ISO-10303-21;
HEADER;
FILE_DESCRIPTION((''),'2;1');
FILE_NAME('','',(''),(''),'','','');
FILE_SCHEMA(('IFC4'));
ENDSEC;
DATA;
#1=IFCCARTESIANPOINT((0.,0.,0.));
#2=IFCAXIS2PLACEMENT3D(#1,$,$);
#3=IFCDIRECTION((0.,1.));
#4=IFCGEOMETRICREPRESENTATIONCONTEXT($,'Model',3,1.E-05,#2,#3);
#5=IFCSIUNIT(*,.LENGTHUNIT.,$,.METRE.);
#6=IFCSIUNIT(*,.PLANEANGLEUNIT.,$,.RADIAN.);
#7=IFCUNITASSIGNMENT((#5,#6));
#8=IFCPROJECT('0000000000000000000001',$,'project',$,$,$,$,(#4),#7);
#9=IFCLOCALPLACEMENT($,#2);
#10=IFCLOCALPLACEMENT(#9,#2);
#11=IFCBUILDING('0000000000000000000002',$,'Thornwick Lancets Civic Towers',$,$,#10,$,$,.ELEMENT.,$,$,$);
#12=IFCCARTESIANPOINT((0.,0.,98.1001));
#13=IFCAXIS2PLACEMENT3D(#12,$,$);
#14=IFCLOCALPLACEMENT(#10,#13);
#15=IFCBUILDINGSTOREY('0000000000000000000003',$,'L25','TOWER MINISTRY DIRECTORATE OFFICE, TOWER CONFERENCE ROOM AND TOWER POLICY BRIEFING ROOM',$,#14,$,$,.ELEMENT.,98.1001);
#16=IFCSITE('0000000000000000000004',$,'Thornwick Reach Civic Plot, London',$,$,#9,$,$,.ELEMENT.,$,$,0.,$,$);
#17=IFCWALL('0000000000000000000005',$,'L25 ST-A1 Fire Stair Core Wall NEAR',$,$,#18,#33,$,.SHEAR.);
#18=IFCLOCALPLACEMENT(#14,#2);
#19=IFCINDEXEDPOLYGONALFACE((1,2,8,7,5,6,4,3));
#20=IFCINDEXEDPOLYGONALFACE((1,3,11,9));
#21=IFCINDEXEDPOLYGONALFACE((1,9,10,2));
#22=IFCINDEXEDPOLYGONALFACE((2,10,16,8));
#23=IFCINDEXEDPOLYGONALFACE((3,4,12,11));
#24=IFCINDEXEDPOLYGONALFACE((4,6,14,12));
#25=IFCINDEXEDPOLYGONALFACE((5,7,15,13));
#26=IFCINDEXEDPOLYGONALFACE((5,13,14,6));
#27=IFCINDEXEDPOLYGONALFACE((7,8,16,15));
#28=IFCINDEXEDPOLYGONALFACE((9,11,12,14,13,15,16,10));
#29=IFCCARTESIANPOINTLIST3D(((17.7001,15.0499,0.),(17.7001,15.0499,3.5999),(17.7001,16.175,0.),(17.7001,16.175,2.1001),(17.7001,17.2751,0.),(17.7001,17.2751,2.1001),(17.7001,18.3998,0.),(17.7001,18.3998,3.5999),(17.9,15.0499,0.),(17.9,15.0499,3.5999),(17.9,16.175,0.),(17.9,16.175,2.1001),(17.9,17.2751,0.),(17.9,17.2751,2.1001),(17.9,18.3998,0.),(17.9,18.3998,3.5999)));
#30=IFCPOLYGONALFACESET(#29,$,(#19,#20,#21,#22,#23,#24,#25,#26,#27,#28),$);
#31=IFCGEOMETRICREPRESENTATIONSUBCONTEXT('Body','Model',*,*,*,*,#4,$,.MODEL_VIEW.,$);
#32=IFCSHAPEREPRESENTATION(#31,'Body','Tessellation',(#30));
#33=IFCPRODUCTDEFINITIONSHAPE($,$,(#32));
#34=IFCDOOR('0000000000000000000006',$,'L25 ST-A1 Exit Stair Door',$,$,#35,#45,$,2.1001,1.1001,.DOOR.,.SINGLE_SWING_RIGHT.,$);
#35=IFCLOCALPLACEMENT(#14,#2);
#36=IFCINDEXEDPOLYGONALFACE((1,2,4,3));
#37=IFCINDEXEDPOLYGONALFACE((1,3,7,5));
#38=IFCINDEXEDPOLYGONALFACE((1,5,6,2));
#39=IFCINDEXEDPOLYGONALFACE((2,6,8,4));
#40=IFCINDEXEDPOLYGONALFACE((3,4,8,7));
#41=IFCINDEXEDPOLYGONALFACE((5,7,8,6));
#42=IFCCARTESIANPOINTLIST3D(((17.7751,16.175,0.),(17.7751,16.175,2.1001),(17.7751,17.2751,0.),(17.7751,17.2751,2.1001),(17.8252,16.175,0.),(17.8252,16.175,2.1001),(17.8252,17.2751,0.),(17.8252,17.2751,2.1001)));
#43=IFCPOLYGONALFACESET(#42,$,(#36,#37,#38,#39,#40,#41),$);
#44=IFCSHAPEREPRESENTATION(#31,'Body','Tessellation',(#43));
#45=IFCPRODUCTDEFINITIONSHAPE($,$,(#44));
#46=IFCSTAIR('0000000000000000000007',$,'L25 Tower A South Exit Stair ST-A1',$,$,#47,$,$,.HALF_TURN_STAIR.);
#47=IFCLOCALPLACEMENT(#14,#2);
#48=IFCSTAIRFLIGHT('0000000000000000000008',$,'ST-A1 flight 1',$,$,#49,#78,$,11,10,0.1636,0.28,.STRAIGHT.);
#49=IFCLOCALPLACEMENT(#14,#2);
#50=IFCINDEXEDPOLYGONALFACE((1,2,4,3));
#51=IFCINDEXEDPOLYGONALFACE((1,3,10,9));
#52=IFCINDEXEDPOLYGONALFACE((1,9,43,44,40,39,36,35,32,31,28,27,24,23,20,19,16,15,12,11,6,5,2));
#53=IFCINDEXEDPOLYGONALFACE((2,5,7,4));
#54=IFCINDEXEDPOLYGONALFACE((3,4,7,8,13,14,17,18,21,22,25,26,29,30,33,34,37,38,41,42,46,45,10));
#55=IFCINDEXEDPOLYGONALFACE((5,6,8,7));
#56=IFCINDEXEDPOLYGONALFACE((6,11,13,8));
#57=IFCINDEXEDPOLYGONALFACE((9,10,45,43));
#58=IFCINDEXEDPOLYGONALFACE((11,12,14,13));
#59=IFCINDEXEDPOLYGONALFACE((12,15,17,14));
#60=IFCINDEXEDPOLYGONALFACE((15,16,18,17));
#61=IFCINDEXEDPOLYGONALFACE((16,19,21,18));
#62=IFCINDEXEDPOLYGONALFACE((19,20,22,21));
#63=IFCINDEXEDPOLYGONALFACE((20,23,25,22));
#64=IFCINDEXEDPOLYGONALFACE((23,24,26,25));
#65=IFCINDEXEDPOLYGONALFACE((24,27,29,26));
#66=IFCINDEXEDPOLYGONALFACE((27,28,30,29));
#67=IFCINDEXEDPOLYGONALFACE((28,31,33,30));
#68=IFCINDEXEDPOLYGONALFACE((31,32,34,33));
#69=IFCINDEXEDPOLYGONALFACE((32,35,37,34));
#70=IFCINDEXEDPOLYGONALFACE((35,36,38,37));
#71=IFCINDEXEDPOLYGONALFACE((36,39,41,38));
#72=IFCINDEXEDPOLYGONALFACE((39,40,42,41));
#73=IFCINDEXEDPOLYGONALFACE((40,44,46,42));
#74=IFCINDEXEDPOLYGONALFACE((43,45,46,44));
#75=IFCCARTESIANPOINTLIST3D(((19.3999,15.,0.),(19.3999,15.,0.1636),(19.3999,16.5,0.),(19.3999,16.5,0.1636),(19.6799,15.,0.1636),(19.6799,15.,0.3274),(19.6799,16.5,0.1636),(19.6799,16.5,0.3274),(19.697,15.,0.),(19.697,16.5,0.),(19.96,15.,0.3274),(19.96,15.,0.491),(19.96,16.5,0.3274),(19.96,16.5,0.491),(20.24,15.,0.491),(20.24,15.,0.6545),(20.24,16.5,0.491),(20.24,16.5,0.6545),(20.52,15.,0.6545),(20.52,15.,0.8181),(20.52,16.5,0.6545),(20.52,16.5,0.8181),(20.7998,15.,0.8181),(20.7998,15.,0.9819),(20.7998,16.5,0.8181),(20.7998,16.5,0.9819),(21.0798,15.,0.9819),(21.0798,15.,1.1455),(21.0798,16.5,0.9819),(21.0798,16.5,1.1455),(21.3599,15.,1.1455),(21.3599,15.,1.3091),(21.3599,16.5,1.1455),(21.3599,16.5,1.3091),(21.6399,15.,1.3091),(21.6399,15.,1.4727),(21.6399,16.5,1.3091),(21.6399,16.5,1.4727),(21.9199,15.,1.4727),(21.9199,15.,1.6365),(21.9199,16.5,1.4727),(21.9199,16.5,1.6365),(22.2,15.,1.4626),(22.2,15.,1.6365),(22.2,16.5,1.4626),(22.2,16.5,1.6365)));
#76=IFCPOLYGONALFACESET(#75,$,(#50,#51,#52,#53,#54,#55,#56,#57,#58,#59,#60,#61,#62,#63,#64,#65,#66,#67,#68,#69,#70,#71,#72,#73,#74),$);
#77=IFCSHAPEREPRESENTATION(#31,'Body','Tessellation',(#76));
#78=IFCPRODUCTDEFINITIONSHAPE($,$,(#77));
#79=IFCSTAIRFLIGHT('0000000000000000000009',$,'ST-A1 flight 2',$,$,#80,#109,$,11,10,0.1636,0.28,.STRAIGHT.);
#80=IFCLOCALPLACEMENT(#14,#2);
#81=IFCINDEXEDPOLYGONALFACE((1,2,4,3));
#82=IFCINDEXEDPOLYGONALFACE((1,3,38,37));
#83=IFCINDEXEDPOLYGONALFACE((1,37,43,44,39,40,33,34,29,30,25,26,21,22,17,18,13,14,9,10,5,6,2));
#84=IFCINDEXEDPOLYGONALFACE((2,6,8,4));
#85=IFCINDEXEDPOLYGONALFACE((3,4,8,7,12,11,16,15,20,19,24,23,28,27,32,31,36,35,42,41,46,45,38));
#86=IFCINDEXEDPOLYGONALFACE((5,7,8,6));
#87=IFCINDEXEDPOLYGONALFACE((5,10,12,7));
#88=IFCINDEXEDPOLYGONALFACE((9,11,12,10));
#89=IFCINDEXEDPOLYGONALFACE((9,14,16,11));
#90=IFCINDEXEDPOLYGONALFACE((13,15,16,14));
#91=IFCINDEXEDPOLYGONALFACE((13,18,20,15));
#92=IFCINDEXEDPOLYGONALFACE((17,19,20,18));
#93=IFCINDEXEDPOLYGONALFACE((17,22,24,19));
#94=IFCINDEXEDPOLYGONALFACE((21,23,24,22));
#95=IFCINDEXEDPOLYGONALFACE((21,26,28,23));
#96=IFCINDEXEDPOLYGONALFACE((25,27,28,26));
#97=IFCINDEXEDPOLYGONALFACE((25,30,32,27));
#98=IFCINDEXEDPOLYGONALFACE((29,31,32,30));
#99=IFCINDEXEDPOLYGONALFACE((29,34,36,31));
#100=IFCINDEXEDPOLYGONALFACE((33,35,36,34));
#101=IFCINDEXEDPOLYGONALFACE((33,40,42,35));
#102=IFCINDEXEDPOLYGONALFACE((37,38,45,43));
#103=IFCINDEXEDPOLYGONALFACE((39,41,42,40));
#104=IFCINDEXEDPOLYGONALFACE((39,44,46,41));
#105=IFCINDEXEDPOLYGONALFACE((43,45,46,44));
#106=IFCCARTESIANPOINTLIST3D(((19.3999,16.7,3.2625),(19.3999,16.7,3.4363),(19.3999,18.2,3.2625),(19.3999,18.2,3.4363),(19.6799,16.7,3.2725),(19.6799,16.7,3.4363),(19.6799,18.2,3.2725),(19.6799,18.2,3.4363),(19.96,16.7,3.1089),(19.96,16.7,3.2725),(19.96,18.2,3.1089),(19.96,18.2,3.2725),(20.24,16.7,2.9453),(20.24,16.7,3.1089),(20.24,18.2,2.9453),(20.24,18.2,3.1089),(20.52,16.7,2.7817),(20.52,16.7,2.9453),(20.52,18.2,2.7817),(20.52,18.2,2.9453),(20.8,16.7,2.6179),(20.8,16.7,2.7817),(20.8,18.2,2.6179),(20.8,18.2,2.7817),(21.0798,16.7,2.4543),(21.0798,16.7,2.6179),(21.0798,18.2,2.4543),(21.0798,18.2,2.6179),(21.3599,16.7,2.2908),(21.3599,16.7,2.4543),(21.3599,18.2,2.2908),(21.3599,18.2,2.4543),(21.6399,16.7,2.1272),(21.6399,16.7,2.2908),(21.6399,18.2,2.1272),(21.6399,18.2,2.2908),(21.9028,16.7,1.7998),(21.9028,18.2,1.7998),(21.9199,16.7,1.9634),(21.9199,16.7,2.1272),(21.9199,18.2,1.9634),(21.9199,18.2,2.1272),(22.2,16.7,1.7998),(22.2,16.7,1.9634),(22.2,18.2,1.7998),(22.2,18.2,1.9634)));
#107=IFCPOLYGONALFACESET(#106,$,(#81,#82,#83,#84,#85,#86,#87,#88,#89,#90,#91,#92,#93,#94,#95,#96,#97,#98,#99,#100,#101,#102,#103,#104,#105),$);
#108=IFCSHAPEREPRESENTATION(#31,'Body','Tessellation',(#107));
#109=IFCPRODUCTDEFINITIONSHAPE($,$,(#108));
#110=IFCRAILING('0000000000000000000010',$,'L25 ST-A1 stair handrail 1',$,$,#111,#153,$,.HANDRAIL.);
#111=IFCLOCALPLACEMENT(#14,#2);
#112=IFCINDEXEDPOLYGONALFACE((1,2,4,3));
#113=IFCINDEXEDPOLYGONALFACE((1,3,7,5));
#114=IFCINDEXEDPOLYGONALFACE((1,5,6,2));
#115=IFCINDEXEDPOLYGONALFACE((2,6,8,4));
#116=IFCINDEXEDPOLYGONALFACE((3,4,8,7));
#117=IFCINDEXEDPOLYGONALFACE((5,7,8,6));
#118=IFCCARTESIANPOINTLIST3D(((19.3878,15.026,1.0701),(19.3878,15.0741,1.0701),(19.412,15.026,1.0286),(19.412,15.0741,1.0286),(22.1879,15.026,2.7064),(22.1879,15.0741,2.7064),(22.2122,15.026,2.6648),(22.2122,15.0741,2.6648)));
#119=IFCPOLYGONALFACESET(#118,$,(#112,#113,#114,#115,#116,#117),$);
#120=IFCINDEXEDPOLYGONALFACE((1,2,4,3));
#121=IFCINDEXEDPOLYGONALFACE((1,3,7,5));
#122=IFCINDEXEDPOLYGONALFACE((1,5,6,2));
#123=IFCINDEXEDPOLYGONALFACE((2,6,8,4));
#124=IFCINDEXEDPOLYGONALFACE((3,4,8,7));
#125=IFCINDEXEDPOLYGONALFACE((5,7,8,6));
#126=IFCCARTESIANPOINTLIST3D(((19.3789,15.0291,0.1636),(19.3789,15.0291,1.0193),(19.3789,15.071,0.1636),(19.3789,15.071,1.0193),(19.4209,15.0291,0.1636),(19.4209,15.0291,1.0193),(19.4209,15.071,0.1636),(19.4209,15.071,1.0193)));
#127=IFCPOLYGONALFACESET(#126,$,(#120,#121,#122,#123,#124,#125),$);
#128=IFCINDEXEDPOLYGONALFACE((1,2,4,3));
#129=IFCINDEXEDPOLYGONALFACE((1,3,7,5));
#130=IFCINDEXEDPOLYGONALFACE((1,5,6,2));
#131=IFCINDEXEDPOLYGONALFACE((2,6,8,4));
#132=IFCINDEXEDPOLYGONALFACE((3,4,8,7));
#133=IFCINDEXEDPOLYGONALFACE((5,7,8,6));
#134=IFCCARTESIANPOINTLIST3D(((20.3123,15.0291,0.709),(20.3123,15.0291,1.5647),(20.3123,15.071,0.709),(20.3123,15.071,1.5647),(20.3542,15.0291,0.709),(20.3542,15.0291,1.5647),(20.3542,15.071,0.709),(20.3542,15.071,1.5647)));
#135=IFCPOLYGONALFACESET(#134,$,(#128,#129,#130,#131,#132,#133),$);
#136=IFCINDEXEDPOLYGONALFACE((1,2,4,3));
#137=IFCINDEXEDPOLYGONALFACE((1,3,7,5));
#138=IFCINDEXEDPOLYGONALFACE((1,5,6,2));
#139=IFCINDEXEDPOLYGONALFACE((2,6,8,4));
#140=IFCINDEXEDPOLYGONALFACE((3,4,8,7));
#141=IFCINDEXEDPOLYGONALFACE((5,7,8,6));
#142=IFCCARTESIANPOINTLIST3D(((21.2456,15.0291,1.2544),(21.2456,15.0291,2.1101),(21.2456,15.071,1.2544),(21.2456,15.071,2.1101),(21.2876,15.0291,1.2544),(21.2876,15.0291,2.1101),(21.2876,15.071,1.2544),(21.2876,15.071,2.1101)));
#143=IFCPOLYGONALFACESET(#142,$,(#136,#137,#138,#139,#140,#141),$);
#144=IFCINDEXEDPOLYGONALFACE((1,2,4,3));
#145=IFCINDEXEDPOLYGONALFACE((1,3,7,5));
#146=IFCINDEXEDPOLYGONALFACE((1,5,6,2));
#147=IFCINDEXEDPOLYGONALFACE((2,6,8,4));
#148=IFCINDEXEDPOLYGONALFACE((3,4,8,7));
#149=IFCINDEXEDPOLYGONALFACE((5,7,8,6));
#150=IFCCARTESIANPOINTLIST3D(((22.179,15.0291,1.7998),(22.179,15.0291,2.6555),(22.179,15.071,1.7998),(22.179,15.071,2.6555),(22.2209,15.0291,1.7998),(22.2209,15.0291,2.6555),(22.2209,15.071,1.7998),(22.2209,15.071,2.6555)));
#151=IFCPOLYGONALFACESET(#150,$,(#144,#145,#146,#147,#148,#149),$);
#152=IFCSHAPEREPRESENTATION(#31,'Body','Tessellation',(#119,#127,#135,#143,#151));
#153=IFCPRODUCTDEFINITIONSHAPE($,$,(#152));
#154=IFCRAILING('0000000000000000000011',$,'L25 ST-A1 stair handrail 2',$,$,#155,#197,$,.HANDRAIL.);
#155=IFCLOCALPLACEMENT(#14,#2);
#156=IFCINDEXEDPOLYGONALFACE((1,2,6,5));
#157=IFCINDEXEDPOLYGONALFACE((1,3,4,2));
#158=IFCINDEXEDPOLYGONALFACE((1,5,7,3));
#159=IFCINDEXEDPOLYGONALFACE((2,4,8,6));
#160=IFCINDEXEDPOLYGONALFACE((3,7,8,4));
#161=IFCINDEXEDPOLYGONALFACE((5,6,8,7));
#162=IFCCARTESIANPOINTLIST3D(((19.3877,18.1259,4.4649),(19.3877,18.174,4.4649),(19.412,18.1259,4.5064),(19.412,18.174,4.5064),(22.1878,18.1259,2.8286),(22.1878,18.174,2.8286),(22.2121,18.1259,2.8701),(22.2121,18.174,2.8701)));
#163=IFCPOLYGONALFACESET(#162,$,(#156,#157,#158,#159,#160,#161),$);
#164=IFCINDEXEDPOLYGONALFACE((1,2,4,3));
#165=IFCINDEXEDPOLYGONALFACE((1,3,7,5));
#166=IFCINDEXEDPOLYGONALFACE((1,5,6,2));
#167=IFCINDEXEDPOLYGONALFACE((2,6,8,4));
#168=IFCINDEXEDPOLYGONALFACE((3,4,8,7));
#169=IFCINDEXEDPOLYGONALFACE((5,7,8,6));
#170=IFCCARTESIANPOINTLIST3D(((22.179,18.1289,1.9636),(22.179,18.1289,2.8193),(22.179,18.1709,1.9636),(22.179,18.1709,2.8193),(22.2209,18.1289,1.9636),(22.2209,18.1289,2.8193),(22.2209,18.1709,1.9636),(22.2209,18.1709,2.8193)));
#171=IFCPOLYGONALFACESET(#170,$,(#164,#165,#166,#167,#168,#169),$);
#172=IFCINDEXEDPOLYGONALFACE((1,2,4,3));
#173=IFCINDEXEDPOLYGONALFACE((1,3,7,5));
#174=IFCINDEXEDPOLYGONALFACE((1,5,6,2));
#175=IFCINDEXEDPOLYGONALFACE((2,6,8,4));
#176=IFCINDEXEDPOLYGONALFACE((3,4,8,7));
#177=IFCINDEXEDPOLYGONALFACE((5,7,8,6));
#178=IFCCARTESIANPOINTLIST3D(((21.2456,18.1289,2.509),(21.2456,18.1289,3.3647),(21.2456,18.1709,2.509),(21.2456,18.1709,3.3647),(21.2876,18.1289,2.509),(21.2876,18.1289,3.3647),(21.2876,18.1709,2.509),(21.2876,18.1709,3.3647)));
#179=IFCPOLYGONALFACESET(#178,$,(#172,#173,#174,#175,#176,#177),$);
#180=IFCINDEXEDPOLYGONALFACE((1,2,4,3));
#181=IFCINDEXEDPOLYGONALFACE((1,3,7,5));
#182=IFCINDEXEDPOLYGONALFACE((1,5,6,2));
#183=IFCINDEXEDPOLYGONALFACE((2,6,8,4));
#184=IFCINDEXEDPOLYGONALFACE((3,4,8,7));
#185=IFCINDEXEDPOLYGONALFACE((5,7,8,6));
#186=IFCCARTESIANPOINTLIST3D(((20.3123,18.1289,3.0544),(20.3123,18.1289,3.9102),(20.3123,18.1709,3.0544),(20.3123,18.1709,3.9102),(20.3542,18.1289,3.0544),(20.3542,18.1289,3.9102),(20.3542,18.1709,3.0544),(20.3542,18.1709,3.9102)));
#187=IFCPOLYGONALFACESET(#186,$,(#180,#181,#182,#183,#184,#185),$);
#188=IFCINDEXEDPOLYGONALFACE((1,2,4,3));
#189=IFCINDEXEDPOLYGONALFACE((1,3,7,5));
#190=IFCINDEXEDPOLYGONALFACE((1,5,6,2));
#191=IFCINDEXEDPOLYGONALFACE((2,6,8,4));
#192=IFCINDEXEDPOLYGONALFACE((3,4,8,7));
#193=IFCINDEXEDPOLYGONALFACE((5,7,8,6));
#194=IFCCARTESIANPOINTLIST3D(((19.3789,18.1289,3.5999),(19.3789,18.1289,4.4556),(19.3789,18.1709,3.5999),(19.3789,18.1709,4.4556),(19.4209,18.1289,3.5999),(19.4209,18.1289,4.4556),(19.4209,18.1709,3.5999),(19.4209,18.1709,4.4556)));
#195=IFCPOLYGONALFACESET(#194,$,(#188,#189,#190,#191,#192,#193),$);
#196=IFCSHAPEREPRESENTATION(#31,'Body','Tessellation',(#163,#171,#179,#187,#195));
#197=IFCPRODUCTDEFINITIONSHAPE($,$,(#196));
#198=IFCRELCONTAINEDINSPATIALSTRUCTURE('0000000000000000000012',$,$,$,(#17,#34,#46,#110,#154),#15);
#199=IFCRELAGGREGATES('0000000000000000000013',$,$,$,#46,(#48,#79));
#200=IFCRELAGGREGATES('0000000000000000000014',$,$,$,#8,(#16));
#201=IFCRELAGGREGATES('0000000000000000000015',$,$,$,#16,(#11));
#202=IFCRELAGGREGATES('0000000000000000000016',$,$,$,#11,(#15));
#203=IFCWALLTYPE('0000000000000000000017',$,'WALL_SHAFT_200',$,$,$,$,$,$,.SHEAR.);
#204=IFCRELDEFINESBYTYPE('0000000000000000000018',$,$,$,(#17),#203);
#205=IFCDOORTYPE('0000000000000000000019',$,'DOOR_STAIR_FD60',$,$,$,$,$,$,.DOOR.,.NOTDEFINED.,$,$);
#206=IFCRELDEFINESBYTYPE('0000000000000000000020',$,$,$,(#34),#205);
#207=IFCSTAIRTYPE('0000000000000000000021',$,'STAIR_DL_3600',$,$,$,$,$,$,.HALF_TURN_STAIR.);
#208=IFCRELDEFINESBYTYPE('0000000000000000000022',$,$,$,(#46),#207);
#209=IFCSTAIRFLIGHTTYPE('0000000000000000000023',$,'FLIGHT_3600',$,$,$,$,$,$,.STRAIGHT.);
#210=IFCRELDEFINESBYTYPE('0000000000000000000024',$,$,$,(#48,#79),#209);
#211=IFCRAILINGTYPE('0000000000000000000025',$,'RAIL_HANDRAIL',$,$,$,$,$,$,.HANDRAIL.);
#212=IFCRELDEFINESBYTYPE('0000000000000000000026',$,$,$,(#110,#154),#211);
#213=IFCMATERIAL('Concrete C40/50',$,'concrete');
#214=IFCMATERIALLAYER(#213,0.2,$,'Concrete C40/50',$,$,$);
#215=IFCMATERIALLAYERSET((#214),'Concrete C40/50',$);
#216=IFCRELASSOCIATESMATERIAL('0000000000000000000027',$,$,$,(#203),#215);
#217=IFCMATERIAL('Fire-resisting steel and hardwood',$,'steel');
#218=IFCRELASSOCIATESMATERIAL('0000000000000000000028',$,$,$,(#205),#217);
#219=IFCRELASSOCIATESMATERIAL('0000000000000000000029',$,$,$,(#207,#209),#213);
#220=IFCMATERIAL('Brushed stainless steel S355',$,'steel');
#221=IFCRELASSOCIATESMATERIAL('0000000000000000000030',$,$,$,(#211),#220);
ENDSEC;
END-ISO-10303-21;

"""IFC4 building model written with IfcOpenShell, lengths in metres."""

from ifc_helpers import new_model, si_unit, direction, frame, frame_2d, origin, origin_2d, place, context, subcontext, project, spatial, polyline, rectangle, outline, extrude, material, layer, layer_set, type_object, element, fill, aggregate, save


model = new_model("IFC4")

# Units and contexts
model_context = context("Model", 3, precision=1e-05, world=origin(), true_north=direction((0.0, 1.0)))
body_context = subcontext(model_context, "Body", "Model", "MODEL_VIEW")
ifc_project = project(units=[si_unit("LENGTHUNIT", "METRE"), si_unit("PLANEANGLEUNIT", "RADIAN")], contexts=[model_context])

# Site, building, storey
site_placement = place(None, origin())
site = spatial("IfcSite", under=ifc_project, at=site_placement, Name="Thornwick Reach Civic Plot, London", CompositionType="ELEMENT", RefElevation=0.0)
building_placement = place(site_placement, origin())
building = spatial("IfcBuilding", under=site, at=building_placement, Name="Thornwick Lancets Civic Towers", CompositionType="ELEMENT")
storey_placement = place(building_placement, frame((0.0, 0.0, 98.1001)))
storey = spatial("IfcBuildingStorey", under=building, at=storey_placement, Name="L25", Description="TOWER MINISTRY DIRECTORATE OFFICE, TOWER CONFERENCE ROOM AND TOWER POLICY BRIEFING ROOM", CompositionType="ELEMENT", Elevation=98.1001)

# Wall, opening, door
ifc_material_1 = material(Name="Concrete C40/50", Category="concrete")
ifc_layer_1 = layer(ifc_material_1, 0.2, Name="Concrete C40/50")
ifc_layer_set_1 = layer_set([ifc_layer_1], Name="Concrete C40/50")
wall_type_1 = type_object("IfcWallType", Name="WALL_SHAFT_200", PredefinedType="SHEAR", material=ifc_layer_set_1)
wall_1_placement = place(storey_placement, frame((17.8, 15.05, 0.0), z_axis=(0.0, 0.0, 1.0), x_axis=(0.0, 1.0, 0.0)))
wall_1 = element("IfcWall", 1, at=wall_1_placement, inside=storey, type_object=wall_type_1, Name="L25 ST-A1 Fire Stair Core Wall NEAR", PredefinedType="SHEAR", context=body_context, shape_type="SweptSolid", body=[
    extrude(rectangle(XDim=3.3499, YDim=0.2, at=frame_2d((1.6748, 0.0))), origin(), (0.0, 0.0, 1.0), 3.5999),
])
opening_1_placement = place(wall_1_placement, frame((1.125, 0.0, 0.0)))
opening_1 = element("IfcOpeningElement", 2, at=opening_1_placement, cuts=wall_1, PredefinedType="OPENING", context=body_context, shape_type="SweptSolid", body=[
    extrude(rectangle(XDim=1.1001, YDim=2.1001, at=frame_2d((0.55, 1.05))), frame((0.0, 0.1099, 0.0), z_axis=(0.0, -1.0, 0.0), x_axis=(1.0, 0.0, 0.0)), (0.0, 0.0, 1.0), 0.22),
])
ifc_material_2 = material(Name="Fire-resisting steel and hardwood", Category="steel")
door_type_1 = type_object("IfcDoorType", Name="DOOR_STAIR_FD60", OperationType="NOTDEFINED", PredefinedType="DOOR", material=ifc_material_2)
door_1_placement = place(opening_1_placement, origin())
door_1 = element("IfcDoor", 3, at=door_1_placement, inside=storey, type_object=door_type_1, Name="L25 ST-A1 Exit Stair Door", OperationType="SINGLE_SWING_RIGHT", OverallHeight=2.1001, OverallWidth=1.1001, PredefinedType="DOOR", context=body_context, shape_type="SweptSolid", body=[
    extrude(rectangle(XDim=1.1001, YDim=2.1001, at=frame_2d((0.55, 1.05))), frame((0.0, 0.0249, 0.0), z_axis=(0.0, -1.0, 0.0), x_axis=(1.0, 0.0, 0.0)), (0.0, 0.0, 1.0), 0.05),
])
fill(opening_1, door_1)

# Stair, stair flights
stair_type = type_object("IfcStairType", Name="STAIR_DL_3600", PredefinedType="HALF_TURN_STAIR", material=ifc_material_1)
stair_placement = place(storey_placement, origin())
stair = element("IfcStair", 4, at=stair_placement, inside=storey, type_object=stair_type, Name="L25 Tower A South Exit Stair ST-A1", PredefinedType="HALF_TURN_STAIR")
stair_flight_type = type_object("IfcStairFlightType", Name="FLIGHT_3600", PredefinedType="STRAIGHT", material=ifc_material_1)
stair_flight_1_placement = place(storey_placement, frame((19.3999, 15.75, 0.0), z_axis=(0.0, 0.0, 1.0), x_axis=(1.0, 0.0, 0.0)))
stair_flight_1 = element("IfcStairFlight", 5, at=stair_flight_1_placement, type_object=stair_flight_type, Name="ST-A1 flight 1", NumberOfRisers=11, NumberOfTreads=10, PredefinedType="STRAIGHT", RiserHeight=0.1636, TreadLength=0.28, context=body_context, shape_type="SweptSolid", body=[
    extrude(outline(polyline([(0.0, 0.0), (0.0, 0.1636), (0.28, 0.1636), (0.28, 0.3274), (0.5601, 0.3274), (0.5601, 0.491), (0.8401, 0.491), (0.8401, 0.6545), (1.1201, 0.6545), (1.1201, 0.8181), (1.3999, 0.8181), (1.3999, 0.9819), (1.6799, 0.9819), (1.6799, 1.1455), (1.96, 1.1455), (1.96, 1.3091), (2.24, 1.3091), (2.24, 1.4727), (2.52, 1.4727), (2.52, 1.6365), (2.8, 1.6365), (2.8, 1.8), (2.8, 1.4626), (0.2971, 0.0), (0.0, 0.0)])), frame((0.0, 0.75, 0.0), z_axis=(0.0, -1.0, 0.0), x_axis=(1.0, 0.0, 0.0)), (0.0, 0.0, 1.0), 1.5),
])
stair_flight_2_placement = place(storey_placement, frame((22.2, 17.45, 1.7998), z_axis=(0.0, 0.0, 1.0), x_axis=(-1.0, 0.0, 0.0)))
stair_flight_2 = element("IfcStairFlight", 6, at=stair_flight_2_placement, type_object=stair_flight_type, Name="ST-A1 flight 2", NumberOfRisers=11, NumberOfTreads=10, PredefinedType="STRAIGHT", RiserHeight=0.1636, TreadLength=0.28, context=body_context, shape_type="SweptSolid", body=[
    extrude(outline(polyline([(0.0, 0.0), (0.0, 0.1636), (0.28, 0.1636), (0.28, 0.3274), (0.5601, 0.3274), (0.5601, 0.491), (0.8401, 0.491), (0.8401, 0.6545), (1.1201, 0.6545), (1.1201, 0.8181), (1.3999, 0.8181), (1.3999, 0.9819), (1.6799, 0.9819), (1.6799, 1.1455), (1.96, 1.1455), (1.96, 1.3091), (2.24, 1.3091), (2.24, 1.4727), (2.52, 1.4727), (2.52, 1.6365), (2.8, 1.6365), (2.8, 1.8), (2.8, 1.4626), (0.2971, 0.0), (0.0, 0.0)])), frame((0.0, 0.75, 0.0), z_axis=(0.0, -1.0, 0.0), x_axis=(1.0, 0.0, 0.0)), (0.0, 0.0, 1.0), 1.5),
])
aggregate(stair, [stair_flight_1, stair_flight_2])

# Railings
ifc_material_3 = material(Name="Brushed stainless steel S355", Category="steel")
railing_type_1 = type_object("IfcRailingType", Name="RAIL_HANDRAIL", PredefinedType="HANDRAIL", material=ifc_material_3)
railing_1_placement = place(storey_placement, frame((19.3999, 15.05, 0.1636)))
element("IfcRailing", 7, at=railing_1_placement, inside=storey, type_object=railing_type_1, Name="L25 ST-A1 stair handrail 1", PredefinedType="HANDRAIL", context=body_context, shape_type="SweptSolid", body=[
    extrude(rectangle(XDim=0.0481, YDim=0.0481, at=origin_2d()), frame((0.0, 0.0, 0.8857), z_axis=(0.863394, 0.0, 0.504531), x_axis=(0.0, 1.0, 0.0)), (0.0, 0.0, 1.0), 3.2432),
    extrude(rectangle(XDim=0.042, YDim=0.042, at=origin_2d()), origin(), (0.0, 0.0, 1.0), 0.8557),
    extrude(rectangle(XDim=0.042, YDim=0.042, at=origin_2d()), frame((0.9333, 0.0, 0.5454)), (0.0, 0.0, 1.0), 0.8557),
    extrude(rectangle(XDim=0.042, YDim=0.042, at=origin_2d()), frame((1.8667, 0.0, 1.0908)), (0.0, 0.0, 1.0), 0.8557),
    extrude(rectangle(XDim=0.042, YDim=0.042, at=origin_2d()), frame((2.8, 0.0, 1.6362)), (0.0, 0.0, 1.0), 0.8557),
])
railing_2_placement = place(storey_placement, frame((22.2, 18.1499, 1.9636)))
element("IfcRailing", 8, at=railing_2_placement, inside=storey, type_object=railing_type_1, Name="L25 ST-A1 stair handrail 2", PredefinedType="HANDRAIL", context=body_context, shape_type="SweptSolid", body=[
    extrude(rectangle(XDim=0.0481, YDim=0.0481, at=origin_2d()), frame((0.0, 0.0, 0.8857), z_axis=(-0.863394, 0.0, 0.504531), x_axis=(0.0, -1.0, 0.0)), (0.0, 0.0, 1.0), 3.2432),
    extrude(rectangle(XDim=0.042, YDim=0.042, at=origin_2d()), origin(), (0.0, 0.0, 1.0), 0.8557),
    extrude(rectangle(XDim=0.042, YDim=0.042, at=origin_2d()), frame((-0.9333, 0.0, 0.5454)), (0.0, 0.0, 1.0), 0.8557),
    extrude(rectangle(XDim=0.042, YDim=0.042, at=origin_2d()), frame((-1.8667, 0.0, 1.0908)), (0.0, 0.0, 1.0), 0.8557),
    extrude(rectangle(XDim=0.042, YDim=0.042, at=origin_2d()), frame((-2.8, 0.0, 1.6362)), (0.0, 0.0, 1.0), 0.8557),
])

save(model, "model.ifc")
